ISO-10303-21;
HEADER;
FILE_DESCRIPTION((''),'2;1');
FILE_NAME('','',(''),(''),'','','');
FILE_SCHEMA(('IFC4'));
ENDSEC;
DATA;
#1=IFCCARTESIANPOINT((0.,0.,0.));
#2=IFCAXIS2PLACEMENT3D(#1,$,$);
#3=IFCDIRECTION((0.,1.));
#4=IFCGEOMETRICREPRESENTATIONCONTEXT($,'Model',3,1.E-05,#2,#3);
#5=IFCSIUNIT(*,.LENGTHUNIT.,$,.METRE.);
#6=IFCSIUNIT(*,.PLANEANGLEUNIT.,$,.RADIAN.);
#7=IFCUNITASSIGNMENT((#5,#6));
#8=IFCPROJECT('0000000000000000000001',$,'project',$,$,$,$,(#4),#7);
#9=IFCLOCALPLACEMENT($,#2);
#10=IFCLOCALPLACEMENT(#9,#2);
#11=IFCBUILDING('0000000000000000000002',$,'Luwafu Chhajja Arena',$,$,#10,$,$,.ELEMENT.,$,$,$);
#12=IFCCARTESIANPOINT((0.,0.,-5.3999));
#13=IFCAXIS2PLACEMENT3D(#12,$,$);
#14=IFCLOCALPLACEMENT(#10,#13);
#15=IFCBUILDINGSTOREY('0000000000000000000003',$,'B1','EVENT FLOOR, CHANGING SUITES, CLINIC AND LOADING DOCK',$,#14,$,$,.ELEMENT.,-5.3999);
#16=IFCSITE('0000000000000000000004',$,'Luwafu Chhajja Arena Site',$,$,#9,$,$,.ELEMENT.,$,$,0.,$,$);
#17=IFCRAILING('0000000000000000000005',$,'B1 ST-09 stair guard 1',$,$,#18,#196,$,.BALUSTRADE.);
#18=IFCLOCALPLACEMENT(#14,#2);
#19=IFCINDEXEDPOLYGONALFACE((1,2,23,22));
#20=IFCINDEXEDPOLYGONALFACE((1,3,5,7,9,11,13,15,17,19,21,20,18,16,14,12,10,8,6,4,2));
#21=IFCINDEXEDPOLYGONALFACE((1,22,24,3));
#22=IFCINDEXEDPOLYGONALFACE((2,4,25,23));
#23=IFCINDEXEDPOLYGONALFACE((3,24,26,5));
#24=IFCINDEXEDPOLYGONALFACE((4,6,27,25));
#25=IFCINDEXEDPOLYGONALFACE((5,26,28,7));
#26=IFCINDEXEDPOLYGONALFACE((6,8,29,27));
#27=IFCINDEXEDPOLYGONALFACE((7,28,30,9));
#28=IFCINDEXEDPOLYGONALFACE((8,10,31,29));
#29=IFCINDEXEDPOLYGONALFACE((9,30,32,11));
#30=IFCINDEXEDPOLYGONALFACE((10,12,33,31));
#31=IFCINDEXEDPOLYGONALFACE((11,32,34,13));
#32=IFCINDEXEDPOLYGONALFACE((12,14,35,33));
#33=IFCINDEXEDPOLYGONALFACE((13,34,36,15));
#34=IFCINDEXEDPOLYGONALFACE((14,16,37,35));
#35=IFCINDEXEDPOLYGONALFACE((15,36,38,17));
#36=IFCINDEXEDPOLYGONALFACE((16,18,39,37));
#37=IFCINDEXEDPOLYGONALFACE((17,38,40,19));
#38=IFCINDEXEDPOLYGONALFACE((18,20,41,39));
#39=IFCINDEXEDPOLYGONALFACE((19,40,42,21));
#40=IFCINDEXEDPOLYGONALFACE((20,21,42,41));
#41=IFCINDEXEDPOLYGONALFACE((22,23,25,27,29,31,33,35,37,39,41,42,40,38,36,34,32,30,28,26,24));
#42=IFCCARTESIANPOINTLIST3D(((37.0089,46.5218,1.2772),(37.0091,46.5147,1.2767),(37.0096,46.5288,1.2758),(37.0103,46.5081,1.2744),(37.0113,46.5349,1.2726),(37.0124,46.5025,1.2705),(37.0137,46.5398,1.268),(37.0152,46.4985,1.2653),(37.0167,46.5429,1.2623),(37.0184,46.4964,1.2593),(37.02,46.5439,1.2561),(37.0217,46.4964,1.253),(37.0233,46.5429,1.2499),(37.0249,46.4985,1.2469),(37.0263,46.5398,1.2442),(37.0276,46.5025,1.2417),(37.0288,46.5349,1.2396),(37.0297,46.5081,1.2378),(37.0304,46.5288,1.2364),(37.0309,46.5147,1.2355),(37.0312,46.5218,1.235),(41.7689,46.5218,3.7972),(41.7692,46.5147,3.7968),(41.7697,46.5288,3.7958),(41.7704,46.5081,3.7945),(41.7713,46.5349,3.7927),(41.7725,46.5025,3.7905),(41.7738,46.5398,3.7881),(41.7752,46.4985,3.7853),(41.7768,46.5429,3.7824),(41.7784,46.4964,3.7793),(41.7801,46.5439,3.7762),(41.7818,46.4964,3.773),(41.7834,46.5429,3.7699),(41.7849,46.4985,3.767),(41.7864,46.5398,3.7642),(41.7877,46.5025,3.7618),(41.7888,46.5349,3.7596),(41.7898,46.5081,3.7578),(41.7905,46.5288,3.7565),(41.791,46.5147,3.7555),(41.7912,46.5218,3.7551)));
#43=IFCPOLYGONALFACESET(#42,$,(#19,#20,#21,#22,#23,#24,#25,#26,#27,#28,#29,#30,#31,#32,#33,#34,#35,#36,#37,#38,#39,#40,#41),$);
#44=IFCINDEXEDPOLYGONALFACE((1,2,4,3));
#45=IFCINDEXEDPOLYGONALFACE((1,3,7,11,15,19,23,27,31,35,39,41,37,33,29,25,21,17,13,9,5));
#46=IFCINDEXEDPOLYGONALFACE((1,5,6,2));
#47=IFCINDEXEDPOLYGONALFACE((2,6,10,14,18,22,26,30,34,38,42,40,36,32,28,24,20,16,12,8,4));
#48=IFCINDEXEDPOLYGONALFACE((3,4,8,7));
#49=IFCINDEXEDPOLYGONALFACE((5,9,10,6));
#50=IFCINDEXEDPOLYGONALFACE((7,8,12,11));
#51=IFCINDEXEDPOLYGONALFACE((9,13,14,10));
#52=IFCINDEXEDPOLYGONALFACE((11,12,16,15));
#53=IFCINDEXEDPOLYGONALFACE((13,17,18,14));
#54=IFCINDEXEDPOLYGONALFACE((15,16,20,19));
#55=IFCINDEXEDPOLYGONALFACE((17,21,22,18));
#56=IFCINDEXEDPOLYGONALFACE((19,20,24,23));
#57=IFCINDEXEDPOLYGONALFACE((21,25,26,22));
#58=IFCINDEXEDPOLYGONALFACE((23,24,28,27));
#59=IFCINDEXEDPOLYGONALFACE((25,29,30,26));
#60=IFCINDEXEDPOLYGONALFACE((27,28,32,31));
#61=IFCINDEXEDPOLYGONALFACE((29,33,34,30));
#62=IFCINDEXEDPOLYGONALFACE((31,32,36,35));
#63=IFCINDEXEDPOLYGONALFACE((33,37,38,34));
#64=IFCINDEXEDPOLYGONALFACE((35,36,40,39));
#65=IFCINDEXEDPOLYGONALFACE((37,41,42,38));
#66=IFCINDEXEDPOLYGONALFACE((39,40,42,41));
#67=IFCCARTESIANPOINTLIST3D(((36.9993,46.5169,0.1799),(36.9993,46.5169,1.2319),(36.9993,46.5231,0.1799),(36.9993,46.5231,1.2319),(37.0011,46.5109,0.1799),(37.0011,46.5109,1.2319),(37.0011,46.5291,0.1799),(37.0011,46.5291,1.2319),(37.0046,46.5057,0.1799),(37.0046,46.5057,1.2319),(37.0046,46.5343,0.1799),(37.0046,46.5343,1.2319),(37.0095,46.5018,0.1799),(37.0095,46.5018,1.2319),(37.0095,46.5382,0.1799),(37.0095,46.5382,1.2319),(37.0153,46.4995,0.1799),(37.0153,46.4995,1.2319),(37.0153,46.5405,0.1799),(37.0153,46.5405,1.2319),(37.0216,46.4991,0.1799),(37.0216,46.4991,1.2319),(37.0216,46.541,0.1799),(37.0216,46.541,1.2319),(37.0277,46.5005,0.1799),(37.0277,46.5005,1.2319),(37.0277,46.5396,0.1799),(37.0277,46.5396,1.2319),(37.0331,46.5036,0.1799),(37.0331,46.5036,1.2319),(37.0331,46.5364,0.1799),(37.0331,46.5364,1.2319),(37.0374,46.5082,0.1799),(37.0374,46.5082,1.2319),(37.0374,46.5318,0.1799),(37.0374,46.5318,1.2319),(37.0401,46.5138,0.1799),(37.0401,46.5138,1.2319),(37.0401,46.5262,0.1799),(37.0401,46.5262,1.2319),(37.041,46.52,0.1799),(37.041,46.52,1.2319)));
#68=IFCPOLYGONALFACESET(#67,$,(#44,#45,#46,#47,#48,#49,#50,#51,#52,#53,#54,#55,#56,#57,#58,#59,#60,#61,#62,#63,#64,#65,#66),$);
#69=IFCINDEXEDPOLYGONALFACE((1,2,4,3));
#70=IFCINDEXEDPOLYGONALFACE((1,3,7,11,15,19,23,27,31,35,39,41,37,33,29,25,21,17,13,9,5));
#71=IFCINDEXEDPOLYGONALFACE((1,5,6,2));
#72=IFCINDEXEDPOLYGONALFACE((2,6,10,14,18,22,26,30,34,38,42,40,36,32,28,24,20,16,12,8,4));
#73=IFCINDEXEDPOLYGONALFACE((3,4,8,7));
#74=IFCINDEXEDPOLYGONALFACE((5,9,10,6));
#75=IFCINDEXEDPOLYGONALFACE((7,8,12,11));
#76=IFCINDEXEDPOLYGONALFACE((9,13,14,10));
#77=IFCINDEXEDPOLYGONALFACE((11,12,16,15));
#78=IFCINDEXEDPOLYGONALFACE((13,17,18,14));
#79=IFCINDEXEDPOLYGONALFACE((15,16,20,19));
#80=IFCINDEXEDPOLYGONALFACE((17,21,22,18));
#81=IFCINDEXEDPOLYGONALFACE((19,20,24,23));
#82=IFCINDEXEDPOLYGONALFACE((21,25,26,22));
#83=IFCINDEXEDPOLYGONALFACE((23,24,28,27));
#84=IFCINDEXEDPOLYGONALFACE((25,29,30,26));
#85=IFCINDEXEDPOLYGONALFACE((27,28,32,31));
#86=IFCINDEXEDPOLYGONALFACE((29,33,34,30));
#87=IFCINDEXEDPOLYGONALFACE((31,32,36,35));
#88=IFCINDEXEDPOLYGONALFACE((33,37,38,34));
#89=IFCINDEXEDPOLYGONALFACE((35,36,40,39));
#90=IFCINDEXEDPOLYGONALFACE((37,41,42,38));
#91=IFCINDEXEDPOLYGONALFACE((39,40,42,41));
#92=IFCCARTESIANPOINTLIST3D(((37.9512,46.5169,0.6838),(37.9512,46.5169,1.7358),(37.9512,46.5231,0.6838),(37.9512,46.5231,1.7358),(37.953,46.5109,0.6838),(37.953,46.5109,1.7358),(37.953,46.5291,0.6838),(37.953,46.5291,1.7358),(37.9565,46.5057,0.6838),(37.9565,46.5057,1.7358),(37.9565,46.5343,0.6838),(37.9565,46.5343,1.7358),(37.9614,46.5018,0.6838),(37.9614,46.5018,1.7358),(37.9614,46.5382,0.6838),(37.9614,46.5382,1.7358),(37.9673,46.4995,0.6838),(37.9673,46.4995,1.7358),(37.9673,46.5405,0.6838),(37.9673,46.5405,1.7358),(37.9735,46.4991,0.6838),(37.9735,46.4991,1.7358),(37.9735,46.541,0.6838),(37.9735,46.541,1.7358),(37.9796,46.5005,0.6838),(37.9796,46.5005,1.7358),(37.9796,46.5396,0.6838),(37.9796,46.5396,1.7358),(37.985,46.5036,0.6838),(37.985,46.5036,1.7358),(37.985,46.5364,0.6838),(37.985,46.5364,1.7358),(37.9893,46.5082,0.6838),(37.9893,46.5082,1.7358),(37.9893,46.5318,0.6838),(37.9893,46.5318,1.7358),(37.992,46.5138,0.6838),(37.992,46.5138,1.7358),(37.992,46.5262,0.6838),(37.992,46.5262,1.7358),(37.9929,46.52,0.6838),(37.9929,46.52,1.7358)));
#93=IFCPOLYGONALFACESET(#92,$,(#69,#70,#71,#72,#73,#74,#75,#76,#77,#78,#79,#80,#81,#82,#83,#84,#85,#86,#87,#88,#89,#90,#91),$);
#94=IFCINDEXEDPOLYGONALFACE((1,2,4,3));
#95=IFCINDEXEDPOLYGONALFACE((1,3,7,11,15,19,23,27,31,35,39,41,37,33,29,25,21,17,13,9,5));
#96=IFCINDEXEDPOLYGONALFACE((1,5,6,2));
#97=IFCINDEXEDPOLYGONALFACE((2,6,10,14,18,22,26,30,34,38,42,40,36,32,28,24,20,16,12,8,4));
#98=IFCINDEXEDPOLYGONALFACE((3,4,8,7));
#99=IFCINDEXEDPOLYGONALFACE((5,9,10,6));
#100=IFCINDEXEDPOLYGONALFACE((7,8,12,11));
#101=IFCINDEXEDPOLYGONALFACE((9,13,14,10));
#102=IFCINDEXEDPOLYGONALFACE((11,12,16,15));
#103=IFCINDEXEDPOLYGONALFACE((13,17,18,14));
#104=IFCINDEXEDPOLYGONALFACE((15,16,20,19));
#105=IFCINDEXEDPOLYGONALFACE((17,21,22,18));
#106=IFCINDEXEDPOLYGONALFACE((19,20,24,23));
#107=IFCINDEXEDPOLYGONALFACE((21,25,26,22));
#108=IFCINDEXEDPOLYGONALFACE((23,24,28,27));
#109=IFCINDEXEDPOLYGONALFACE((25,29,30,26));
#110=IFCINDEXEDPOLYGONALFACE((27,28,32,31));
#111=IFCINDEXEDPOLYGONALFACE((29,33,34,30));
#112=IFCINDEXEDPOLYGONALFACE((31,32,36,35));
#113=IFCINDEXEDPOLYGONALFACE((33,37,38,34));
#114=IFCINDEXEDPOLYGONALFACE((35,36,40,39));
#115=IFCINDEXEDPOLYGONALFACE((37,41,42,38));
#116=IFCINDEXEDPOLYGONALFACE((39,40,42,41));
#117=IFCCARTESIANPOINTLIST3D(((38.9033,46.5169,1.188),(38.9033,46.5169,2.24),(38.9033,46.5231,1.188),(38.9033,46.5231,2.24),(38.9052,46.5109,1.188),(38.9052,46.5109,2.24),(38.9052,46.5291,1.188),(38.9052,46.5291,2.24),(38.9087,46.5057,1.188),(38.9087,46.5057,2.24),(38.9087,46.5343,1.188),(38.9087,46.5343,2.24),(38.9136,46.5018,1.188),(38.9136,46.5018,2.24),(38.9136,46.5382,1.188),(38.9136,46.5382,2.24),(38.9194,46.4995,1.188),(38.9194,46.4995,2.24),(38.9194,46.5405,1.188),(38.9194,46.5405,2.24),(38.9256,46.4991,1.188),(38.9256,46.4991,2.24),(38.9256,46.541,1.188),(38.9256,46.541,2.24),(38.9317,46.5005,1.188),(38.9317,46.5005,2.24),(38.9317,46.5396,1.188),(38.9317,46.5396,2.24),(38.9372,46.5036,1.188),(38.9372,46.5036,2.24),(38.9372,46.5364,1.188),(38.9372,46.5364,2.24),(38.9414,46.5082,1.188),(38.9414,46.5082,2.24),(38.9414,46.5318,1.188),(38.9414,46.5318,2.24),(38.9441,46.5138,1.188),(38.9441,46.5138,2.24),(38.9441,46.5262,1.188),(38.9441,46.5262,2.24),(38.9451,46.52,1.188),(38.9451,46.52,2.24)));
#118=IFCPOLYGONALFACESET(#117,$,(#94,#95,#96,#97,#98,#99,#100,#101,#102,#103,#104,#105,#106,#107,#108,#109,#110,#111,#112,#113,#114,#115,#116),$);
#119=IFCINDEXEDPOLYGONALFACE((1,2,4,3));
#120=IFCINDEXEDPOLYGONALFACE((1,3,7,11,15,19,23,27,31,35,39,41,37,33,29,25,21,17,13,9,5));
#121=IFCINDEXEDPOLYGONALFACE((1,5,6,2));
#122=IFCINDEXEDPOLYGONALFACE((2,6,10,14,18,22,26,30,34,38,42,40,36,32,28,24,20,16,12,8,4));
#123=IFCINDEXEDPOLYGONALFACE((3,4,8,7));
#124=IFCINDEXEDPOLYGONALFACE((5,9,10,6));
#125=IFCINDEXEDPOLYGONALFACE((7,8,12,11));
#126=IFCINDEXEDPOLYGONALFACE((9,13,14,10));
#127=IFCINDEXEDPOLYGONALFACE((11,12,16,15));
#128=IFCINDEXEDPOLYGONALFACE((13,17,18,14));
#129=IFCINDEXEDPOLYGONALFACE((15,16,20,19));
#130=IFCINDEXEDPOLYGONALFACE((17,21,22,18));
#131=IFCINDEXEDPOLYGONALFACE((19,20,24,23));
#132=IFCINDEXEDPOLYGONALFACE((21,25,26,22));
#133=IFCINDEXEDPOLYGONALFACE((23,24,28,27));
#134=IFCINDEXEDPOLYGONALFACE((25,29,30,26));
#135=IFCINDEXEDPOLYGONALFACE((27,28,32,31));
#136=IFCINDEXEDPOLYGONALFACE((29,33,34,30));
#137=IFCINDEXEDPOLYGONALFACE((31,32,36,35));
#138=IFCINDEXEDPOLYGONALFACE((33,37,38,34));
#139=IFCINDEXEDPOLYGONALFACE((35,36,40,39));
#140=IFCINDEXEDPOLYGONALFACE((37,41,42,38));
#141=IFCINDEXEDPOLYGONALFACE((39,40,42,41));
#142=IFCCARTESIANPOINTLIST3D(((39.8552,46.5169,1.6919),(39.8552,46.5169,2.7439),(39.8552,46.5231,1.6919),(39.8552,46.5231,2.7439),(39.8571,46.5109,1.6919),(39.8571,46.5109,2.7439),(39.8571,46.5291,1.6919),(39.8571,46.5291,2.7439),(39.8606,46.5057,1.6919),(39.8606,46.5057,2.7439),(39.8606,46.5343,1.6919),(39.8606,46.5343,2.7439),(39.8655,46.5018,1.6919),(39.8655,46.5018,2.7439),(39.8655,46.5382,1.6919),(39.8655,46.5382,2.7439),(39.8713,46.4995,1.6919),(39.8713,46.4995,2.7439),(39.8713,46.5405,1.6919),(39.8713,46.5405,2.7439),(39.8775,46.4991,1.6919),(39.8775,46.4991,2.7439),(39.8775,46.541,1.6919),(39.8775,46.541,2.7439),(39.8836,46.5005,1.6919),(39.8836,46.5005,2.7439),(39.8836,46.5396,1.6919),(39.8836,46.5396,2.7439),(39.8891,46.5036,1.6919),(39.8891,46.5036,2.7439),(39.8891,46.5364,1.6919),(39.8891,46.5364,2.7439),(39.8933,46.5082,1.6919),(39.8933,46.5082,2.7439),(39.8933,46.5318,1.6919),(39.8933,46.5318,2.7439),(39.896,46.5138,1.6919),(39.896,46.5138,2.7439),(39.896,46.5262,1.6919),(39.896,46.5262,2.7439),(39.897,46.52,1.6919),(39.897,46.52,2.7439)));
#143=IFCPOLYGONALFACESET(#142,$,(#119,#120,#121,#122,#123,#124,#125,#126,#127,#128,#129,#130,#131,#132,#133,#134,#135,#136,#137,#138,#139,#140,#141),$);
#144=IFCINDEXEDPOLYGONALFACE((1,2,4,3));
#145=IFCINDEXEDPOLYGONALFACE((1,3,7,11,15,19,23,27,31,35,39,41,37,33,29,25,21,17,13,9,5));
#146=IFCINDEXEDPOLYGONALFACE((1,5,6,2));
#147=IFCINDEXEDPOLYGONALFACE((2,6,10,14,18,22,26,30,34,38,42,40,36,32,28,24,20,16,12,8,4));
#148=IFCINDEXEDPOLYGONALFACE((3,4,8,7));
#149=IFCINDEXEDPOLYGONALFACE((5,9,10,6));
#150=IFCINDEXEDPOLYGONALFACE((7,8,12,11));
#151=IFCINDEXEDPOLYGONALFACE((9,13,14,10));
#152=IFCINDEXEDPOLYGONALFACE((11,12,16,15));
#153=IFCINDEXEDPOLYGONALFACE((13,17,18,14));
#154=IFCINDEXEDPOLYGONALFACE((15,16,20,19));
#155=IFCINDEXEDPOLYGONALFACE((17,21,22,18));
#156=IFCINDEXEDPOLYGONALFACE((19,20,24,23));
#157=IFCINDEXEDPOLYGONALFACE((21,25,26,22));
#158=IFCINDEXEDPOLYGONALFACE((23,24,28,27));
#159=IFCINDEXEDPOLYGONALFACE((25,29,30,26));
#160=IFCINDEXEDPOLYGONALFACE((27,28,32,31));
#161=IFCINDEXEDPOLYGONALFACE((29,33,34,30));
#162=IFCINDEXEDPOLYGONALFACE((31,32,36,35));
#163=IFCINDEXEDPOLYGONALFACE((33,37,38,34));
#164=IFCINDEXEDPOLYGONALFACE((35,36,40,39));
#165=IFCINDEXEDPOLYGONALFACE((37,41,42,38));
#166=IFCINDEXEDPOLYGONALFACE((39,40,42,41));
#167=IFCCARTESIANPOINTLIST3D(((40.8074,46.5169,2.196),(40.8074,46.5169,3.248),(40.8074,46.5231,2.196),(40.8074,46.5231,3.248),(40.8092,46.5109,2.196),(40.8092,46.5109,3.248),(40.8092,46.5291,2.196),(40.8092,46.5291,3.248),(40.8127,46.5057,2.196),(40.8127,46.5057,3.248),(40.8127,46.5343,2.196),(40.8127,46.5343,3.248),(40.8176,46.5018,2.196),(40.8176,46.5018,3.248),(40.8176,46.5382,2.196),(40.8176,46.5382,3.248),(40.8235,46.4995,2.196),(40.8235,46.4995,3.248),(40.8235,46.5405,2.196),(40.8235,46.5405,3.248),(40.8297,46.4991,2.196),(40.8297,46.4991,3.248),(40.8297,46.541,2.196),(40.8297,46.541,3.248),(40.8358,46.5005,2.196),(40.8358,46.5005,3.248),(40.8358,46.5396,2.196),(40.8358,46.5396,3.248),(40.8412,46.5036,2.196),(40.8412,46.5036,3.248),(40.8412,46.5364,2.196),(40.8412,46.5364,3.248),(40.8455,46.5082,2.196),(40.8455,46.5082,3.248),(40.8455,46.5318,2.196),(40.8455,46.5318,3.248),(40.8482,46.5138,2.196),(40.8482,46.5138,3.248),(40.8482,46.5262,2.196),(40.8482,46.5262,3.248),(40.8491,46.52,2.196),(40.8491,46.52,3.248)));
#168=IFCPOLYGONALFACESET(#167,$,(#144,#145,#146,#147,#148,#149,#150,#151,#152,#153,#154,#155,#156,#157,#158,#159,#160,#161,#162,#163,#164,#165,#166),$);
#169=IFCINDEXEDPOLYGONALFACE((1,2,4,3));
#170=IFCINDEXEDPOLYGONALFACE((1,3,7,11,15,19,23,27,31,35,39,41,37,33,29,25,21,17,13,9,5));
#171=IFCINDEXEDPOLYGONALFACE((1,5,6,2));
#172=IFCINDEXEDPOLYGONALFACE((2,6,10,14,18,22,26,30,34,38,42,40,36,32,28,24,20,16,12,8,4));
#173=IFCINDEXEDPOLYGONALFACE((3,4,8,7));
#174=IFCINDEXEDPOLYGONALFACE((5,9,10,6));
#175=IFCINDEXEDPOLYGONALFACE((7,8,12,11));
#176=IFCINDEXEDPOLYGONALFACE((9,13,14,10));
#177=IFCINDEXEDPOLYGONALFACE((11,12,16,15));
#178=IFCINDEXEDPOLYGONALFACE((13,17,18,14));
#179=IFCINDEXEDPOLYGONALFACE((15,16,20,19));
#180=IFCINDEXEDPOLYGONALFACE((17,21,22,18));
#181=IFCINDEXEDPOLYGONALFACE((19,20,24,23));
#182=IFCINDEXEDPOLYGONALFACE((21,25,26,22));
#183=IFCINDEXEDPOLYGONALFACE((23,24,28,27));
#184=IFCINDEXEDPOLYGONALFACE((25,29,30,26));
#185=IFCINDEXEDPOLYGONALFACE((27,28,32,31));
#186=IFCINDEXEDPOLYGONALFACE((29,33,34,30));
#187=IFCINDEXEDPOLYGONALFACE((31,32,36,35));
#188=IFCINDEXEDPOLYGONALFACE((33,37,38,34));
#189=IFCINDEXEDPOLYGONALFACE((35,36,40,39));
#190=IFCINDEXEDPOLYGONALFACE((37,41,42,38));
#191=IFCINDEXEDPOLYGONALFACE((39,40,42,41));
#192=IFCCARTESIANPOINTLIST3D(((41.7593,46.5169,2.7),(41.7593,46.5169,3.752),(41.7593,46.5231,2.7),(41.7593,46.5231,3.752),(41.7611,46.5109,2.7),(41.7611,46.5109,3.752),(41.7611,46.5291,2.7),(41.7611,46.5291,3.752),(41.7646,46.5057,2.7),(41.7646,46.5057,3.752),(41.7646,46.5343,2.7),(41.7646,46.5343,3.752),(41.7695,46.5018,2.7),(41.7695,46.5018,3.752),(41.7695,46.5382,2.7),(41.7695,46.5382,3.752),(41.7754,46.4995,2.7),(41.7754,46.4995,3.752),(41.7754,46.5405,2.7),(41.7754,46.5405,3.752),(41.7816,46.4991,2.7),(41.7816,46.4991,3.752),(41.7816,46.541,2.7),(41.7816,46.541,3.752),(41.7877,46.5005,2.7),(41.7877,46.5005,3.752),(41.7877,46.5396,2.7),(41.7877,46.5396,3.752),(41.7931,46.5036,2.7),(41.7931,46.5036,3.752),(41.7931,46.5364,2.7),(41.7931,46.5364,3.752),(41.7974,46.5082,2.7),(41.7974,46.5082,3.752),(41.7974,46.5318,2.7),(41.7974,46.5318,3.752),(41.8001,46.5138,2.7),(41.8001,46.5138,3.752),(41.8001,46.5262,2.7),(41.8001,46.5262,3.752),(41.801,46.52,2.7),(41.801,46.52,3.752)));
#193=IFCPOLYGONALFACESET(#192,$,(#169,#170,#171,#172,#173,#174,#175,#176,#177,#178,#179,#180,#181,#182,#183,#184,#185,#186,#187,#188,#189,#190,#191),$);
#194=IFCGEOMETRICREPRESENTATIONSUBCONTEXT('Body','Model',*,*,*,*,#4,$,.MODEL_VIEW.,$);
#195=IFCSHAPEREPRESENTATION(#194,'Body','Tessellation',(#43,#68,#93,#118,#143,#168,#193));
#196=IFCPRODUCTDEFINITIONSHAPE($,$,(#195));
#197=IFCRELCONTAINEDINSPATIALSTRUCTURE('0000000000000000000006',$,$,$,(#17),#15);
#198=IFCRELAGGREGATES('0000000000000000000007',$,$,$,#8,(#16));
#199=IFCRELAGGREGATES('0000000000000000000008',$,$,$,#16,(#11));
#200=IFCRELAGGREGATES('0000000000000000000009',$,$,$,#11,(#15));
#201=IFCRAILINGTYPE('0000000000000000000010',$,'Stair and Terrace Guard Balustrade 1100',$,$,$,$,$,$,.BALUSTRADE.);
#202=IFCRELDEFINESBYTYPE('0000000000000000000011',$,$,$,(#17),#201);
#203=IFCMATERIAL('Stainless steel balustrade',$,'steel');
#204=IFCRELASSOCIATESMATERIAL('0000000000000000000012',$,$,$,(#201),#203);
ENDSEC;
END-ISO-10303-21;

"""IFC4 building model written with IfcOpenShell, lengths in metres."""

from ifc_helpers import new_model, si_unit, direction, frame, origin, origin_2d, place, context, subcontext, project, spatial, circle, extrude, material, type_object, element, save


model = new_model("IFC4")

# Units and contexts
model_context = context("Model", 3, precision=1e-05, world=origin(), true_north=direction((0.0, 1.0)))
body_context = subcontext(model_context, "Body", "Model", "MODEL_VIEW")
ifc_project = project(units=[si_unit("LENGTHUNIT", "METRE"), si_unit("PLANEANGLEUNIT", "RADIAN")], contexts=[model_context])

# Site, building, storey
site_placement = place(None, origin())
site = spatial("IfcSite", under=ifc_project, at=site_placement, Name="Luwafu Chhajja Arena Site", CompositionType="ELEMENT", RefElevation=0.0)
building_placement = place(site_placement, origin())
building = spatial("IfcBuilding", under=site, at=building_placement, Name="Luwafu Chhajja Arena", CompositionType="ELEMENT")
storey_placement = place(building_placement, frame((0.0, 0.0, -5.3999)))
storey = spatial("IfcBuildingStorey", under=building, at=storey_placement, Name="B1", Description="EVENT FLOOR, CHANGING SUITES, CLINIC AND LOADING DOCK", CompositionType="ELEMENT", Elevation=-5.3999)

# Railing
ifc_material_1 = material(Name="Stainless steel balustrade", Category="steel")
railing_type_1 = type_object("IfcRailingType", Name="Stair and Terrace Guard Balustrade 1100", PredefinedType="BALUSTRADE", material=ifc_material_1)
railing_1_placement = place(storey_placement, frame((37.02, 46.52, 0.1799)))
element("IfcRailing", 1, at=railing_1_placement, inside=storey, type_object=railing_type_1, Name="B1 ST-09 stair guard 1", PredefinedType="BALUSTRADE", context=body_context, shape_type="SweptSolid", body=[
    extrude(circle(Radius=0.0239, at=origin_2d()), frame((0.0, 0.0, 1.0762), z_axis=(0.883787, 0.0, 0.46789), x_axis=(0.0, 1.0, 0.0)), (0.0, 0.0, 1.0), 5.386),
    extrude(circle(Radius=0.021, at=origin_2d()), origin(), (0.0, 0.0, 1.0), 1.052),
    extrude(circle(Radius=0.021, at=origin_2d()), frame((0.9519, 0.0, 0.5039)), (0.0, 0.0, 1.0), 1.052),
    extrude(circle(Radius=0.021, at=origin_2d()), frame((1.9041, 0.0, 1.0081)), (0.0, 0.0, 1.0), 1.052),
    extrude(circle(Radius=0.021, at=origin_2d()), frame((2.856, 0.0, 1.512)), (0.0, 0.0, 1.0), 1.052),
    extrude(circle(Radius=0.021, at=origin_2d()), frame((3.8081, 0.0, 2.0161)), (0.0, 0.0, 1.0), 1.052),
    extrude(circle(Radius=0.021, at=origin_2d()), frame((4.76, 0.0, 2.52)), (0.0, 0.0, 1.0), 1.052),
])

save(model, "model.ifc")
